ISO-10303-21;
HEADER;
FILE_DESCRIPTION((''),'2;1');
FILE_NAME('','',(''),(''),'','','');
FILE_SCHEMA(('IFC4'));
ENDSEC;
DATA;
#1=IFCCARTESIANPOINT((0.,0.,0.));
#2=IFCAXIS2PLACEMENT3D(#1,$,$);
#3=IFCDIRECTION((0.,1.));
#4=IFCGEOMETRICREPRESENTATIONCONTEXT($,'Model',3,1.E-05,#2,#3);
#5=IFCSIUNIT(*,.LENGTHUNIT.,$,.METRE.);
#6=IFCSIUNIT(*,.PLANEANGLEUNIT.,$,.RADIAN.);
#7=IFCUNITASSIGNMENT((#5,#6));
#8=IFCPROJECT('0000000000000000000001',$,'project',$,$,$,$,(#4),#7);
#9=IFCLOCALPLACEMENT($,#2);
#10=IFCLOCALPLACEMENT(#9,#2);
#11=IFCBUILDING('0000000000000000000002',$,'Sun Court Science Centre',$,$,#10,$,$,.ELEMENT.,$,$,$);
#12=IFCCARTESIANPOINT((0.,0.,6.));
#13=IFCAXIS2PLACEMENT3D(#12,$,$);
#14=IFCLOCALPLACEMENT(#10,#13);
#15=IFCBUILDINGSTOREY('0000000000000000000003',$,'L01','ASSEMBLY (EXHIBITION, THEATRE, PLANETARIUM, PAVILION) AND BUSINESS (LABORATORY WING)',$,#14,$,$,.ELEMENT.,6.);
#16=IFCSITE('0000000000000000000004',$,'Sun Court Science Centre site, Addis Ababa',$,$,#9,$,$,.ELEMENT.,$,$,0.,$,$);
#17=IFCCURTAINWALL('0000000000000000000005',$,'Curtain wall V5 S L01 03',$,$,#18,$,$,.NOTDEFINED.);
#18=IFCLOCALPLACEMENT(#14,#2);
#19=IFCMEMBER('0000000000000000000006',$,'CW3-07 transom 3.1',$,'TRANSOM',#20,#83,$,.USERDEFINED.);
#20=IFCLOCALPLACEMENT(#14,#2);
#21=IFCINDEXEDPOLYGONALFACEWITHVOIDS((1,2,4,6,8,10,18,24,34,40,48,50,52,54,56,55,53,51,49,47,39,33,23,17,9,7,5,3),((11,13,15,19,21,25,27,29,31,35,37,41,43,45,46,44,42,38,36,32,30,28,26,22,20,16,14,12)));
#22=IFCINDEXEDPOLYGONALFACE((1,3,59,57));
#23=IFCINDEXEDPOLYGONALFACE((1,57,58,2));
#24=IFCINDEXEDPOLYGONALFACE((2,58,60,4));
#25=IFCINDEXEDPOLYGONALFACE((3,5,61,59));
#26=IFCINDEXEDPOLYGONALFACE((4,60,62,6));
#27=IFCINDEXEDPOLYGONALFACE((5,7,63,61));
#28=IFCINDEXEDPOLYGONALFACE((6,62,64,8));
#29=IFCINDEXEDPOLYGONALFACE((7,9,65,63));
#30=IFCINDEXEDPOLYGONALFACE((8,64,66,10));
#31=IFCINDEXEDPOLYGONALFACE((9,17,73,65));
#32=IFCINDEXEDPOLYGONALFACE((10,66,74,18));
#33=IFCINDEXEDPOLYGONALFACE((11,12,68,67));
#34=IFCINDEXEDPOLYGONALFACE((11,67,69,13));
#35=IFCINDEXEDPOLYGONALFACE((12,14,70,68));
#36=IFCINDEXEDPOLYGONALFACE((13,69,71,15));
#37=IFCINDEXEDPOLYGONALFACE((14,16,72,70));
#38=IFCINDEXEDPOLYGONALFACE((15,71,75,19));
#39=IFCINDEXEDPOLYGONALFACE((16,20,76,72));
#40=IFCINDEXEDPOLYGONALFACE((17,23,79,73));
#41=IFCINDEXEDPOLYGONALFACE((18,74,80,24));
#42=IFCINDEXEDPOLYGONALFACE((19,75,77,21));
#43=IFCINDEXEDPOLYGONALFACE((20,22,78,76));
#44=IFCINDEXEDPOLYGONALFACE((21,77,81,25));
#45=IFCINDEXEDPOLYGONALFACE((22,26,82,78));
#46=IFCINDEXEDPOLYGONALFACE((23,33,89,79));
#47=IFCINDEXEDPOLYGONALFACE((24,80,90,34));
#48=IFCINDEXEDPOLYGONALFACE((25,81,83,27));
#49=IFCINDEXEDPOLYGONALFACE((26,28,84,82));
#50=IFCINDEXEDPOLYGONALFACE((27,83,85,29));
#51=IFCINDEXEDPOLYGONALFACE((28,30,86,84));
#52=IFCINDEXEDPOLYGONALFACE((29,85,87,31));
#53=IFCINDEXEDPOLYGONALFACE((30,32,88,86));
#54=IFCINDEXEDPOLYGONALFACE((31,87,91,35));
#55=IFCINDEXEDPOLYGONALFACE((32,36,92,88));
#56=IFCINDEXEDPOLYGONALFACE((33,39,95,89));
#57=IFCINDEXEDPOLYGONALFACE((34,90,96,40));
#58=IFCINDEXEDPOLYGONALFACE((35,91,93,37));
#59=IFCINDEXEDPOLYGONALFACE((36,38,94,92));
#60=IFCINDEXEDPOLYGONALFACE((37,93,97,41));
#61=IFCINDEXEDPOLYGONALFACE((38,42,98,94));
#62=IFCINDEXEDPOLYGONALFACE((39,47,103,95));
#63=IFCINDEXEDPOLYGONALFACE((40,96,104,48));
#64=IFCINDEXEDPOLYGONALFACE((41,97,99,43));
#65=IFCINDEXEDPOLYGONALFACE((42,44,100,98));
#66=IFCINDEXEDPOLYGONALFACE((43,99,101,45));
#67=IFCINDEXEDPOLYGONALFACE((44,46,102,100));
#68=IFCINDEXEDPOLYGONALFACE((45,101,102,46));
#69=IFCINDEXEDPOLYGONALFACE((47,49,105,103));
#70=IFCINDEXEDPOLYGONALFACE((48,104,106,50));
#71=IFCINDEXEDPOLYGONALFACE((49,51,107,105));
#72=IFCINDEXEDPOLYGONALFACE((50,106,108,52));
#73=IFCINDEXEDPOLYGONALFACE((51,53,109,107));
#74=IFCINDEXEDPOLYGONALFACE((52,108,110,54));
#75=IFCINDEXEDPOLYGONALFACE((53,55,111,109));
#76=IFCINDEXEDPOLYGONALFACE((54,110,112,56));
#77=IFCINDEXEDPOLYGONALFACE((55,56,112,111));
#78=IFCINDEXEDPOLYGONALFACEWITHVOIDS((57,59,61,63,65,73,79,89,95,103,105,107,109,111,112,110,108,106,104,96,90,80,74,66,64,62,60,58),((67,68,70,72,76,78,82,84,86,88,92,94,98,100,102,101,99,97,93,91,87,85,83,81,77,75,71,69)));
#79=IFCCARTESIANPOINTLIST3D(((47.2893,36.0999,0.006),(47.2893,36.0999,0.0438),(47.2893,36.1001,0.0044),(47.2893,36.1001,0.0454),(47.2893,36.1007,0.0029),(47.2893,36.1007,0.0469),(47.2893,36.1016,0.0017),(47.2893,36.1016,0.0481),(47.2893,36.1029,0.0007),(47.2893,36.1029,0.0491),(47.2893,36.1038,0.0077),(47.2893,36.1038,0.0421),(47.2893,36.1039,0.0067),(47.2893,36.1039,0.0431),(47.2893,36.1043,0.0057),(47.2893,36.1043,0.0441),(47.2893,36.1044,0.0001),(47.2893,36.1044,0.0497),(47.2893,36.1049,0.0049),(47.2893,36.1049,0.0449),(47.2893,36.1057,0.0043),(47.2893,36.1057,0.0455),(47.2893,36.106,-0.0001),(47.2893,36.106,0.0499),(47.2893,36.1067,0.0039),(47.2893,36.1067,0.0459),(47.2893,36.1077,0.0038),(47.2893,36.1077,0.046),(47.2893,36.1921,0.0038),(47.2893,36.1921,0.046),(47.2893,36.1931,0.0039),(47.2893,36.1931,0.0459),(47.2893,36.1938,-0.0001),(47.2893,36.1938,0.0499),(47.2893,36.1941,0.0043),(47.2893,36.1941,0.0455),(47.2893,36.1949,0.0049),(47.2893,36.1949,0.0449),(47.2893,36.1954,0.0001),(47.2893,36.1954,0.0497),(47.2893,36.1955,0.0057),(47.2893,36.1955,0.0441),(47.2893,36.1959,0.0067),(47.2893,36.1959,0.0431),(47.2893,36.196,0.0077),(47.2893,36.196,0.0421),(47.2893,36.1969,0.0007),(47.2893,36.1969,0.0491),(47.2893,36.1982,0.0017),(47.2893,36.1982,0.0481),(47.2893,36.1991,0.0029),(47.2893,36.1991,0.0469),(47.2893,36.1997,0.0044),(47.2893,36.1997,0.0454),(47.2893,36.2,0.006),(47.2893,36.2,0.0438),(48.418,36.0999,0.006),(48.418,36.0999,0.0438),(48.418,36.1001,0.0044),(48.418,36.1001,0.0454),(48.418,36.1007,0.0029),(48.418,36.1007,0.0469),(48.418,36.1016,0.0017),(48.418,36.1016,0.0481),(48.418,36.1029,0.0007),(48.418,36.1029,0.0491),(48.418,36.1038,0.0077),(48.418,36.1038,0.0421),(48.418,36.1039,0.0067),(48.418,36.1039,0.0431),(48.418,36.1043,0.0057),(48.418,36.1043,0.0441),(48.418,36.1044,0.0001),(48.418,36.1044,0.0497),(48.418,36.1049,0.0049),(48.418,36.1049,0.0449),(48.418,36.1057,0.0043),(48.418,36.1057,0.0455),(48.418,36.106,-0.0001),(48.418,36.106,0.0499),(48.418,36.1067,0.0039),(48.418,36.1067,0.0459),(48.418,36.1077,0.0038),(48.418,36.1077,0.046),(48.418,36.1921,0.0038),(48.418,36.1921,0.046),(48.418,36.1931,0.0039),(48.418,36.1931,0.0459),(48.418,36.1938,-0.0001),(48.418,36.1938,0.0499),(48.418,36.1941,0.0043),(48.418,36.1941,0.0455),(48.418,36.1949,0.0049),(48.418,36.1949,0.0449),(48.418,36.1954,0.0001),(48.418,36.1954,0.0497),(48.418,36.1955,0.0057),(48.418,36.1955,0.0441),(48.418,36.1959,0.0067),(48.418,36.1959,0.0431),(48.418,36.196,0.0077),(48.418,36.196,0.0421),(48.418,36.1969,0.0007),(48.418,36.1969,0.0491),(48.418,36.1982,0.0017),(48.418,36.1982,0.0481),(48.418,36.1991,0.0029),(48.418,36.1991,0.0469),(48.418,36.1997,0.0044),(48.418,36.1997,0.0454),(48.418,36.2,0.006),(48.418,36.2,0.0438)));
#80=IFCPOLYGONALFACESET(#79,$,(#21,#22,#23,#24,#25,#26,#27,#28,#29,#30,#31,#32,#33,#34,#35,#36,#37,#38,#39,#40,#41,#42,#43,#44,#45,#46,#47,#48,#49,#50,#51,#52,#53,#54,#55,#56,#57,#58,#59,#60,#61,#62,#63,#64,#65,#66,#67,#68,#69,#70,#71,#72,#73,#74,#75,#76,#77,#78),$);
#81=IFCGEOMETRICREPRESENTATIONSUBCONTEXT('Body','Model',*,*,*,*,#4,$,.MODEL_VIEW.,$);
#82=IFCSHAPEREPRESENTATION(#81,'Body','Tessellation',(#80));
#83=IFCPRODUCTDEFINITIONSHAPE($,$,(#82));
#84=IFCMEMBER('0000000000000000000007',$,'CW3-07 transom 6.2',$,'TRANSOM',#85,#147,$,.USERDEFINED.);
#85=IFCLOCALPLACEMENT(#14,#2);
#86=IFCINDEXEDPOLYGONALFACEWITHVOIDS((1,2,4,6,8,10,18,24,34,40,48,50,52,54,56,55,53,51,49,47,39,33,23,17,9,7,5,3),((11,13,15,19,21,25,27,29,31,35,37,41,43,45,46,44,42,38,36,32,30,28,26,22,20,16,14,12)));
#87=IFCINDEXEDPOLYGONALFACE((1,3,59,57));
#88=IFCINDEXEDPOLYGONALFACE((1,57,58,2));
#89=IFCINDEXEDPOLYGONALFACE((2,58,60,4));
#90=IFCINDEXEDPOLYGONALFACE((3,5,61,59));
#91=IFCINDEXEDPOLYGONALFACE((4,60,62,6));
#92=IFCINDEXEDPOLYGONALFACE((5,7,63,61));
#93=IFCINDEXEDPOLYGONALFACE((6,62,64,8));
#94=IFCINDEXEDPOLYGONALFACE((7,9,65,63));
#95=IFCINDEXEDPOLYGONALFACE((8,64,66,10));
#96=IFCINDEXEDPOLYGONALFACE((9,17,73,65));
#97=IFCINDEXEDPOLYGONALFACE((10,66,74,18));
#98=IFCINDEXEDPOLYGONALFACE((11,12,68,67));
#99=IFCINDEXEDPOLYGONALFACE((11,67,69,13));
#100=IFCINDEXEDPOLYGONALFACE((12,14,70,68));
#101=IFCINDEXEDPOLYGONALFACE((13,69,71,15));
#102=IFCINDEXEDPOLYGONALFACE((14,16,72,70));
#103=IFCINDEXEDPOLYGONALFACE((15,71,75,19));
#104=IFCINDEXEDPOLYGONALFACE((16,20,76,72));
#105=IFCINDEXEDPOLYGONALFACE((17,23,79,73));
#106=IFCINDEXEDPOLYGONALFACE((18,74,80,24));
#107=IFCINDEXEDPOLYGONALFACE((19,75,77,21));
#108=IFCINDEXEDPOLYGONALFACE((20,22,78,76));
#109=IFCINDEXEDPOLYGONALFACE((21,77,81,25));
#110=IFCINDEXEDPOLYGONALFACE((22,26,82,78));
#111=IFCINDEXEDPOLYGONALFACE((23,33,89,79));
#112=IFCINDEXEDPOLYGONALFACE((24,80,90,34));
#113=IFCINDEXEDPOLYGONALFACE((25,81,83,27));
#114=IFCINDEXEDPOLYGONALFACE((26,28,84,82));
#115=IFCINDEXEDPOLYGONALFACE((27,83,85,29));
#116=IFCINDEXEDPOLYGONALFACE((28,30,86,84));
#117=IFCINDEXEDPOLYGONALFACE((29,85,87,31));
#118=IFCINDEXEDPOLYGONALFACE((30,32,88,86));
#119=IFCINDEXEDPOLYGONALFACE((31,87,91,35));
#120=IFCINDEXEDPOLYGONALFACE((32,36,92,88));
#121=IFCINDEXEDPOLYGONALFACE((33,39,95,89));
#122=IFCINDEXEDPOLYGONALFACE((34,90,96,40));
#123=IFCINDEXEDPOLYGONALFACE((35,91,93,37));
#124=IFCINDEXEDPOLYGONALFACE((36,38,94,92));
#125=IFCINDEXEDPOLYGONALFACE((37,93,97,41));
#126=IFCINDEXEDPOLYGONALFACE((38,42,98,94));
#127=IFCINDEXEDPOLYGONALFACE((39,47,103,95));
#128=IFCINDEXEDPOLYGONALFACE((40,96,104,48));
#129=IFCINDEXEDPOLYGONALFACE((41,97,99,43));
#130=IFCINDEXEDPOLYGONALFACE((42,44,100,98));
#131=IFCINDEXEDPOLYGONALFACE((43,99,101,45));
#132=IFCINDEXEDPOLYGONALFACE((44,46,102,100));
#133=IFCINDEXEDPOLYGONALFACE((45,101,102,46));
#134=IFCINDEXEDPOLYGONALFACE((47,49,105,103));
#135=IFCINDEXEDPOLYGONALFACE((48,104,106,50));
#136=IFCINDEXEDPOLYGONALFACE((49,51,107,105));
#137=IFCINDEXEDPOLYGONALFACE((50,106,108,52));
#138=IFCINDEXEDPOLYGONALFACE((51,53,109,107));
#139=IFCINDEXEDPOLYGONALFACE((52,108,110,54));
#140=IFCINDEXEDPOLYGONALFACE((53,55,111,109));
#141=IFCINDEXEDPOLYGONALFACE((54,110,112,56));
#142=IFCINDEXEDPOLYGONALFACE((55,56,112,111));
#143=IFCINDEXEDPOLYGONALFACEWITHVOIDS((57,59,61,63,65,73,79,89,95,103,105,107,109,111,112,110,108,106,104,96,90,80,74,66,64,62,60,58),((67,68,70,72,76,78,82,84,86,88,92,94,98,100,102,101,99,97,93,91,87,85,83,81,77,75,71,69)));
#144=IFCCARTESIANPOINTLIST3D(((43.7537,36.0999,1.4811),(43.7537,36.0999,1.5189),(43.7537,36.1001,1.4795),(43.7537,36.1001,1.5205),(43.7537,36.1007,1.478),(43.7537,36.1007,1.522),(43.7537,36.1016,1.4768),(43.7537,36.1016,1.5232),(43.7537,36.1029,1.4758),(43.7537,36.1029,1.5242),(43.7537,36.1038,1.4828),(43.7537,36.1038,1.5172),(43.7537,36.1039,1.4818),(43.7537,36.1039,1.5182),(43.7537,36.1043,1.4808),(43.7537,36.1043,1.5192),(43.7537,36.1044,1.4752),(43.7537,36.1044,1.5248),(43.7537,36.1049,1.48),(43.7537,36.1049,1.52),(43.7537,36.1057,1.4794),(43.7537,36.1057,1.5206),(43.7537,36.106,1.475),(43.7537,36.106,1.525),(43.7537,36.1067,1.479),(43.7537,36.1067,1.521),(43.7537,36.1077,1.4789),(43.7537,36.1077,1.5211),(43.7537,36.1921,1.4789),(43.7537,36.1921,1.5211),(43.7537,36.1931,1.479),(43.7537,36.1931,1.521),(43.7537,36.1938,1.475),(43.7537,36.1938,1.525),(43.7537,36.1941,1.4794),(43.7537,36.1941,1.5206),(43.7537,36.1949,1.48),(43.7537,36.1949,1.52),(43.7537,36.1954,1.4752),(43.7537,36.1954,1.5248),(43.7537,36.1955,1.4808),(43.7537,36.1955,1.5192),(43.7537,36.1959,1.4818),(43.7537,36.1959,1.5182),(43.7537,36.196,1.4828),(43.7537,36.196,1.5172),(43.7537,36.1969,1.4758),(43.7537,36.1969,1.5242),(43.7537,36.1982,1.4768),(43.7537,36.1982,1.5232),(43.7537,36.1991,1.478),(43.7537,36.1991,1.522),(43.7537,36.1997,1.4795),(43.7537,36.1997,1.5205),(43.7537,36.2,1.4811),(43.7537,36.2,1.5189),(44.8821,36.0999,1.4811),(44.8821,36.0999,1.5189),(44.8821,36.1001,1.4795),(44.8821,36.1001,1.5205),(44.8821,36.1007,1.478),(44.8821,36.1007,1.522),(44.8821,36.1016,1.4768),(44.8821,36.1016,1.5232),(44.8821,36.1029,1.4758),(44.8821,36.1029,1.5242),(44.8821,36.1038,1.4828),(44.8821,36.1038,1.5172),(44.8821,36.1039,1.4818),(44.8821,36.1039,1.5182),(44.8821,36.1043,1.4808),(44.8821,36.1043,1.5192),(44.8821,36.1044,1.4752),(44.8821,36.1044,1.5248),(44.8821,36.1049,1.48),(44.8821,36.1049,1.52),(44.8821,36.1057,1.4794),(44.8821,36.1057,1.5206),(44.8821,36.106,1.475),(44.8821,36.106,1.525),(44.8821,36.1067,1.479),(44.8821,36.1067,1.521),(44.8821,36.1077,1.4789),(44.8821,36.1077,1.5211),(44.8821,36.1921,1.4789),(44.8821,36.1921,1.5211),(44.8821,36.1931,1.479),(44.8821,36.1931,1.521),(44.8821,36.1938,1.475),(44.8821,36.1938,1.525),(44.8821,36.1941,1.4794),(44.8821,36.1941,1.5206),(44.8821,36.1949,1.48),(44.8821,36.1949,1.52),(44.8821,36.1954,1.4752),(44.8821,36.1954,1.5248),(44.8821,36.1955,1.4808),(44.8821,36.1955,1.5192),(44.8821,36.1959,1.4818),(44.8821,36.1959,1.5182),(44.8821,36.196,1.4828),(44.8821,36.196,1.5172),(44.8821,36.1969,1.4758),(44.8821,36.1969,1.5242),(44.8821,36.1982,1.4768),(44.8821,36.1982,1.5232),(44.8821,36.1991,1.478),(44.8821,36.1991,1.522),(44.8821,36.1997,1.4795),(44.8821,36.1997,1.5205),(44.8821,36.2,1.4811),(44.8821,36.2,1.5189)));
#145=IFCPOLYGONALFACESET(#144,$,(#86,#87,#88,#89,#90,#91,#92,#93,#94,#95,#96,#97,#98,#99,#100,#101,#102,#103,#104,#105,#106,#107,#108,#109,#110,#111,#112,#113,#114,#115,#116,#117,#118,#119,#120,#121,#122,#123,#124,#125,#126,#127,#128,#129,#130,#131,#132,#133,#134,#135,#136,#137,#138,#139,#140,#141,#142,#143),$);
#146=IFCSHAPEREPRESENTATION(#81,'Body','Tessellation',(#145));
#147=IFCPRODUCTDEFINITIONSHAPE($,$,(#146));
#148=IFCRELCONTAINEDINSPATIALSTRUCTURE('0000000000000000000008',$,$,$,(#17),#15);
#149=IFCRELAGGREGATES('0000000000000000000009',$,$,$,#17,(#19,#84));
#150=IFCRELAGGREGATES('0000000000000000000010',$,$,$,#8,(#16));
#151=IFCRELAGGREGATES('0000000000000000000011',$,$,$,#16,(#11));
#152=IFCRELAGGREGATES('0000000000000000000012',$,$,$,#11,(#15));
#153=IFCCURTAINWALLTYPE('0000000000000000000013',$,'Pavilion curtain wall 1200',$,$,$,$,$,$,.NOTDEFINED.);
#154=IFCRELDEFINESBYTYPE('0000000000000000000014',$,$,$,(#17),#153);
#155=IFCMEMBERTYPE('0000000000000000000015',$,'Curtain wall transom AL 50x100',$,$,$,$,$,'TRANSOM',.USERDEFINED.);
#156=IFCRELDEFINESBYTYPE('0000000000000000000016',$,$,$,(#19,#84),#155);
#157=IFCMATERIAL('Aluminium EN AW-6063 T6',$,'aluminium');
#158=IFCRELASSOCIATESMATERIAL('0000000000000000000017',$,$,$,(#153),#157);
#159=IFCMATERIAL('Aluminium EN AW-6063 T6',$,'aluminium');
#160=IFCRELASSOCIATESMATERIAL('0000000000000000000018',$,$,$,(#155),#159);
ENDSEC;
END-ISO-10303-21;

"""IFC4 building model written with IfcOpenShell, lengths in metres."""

from ifc_helpers import new_model, si_unit, direction, frame, origin, origin_2d, place, context, subcontext, project, spatial, hollow_rectangle, extrude, material, material_profile, profile_set, type_object, element, aggregate, save


model = new_model("IFC4")

# Units and contexts
model_context = context("Model", 3, precision=1e-05, world=origin(), true_north=direction((0.0, 1.0)))
body_context = subcontext(model_context, "Body", "Model", "MODEL_VIEW")
ifc_project = project(units=[si_unit("LENGTHUNIT", "METRE"), si_unit("PLANEANGLEUNIT", "RADIAN")], contexts=[model_context])

# Site, building, storey
site_placement = place(None, origin())
site = spatial("IfcSite", under=ifc_project, at=site_placement, Name="Sun Court Science Centre site, Addis Ababa", CompositionType="ELEMENT", RefElevation=0.0)
building_placement = place(site_placement, origin())
building = spatial("IfcBuilding", under=site, at=building_placement, Name="Sun Court Science Centre", CompositionType="ELEMENT")
storey_placement = place(building_placement, frame((0.0, 0.0, 6.0)))
storey = spatial("IfcBuildingStorey", under=building, at=storey_placement, Name="L01", Description="ASSEMBLY (EXHIBITION, THEATRE, PLANETARIUM, PAVILION) AND BUSINESS (LABORATORY WING)", CompositionType="ELEMENT", Elevation=6.0)

# Curtain wall
ifc_material_1 = material(Name="Aluminium EN AW-6063 T6", Category="aluminium")
curtain_wall_type_1 = type_object("IfcCurtainWallType", Name="Pavilion curtain wall 1200", PredefinedType="NOTDEFINED", material=ifc_material_1)
curtain_wall_1_placement = place(storey_placement, origin())
curtain_wall_1 = element("IfcCurtainWall", 1, at=curtain_wall_1_placement, inside=storey, type_object=curtain_wall_type_1, Name="Curtain wall V5 S L01 03", PredefinedType="NOTDEFINED")

# Members
ifc_material_2 = material(Name="Aluminium EN AW-6063 T6", Category="aluminium")
ifc_material_profile_1 = material_profile(ifc_material_2, hollow_rectangle(XDim=0.05, YDim=0.1001, WallThickness=0.0039, InnerFilletRadius=0.0039, OuterFilletRadius=0.0061, at=origin_2d()), Name="AL 50x100x4")
ifc_profile_set_1 = profile_set([ifc_material_profile_1], Name="Aluminium EN AW-6063 T6")
member_type_1 = type_object("IfcMemberType", Name="Curtain wall transom AL 50x100", ElementType="TRANSOM", PredefinedType="USERDEFINED", material=ifc_profile_set_1)
member_1_placement = place(storey_placement, frame((48.418, 36.1499, 0.0249), z_axis=(-1.0, 0.0, 0.0), x_axis=(0.0, 0.0, 1.0)))
member_1 = element("IfcMember", 2, at=member_1_placement, type_object=member_type_1, Name="CW3-07 transom 3.1", ObjectType="TRANSOM", PredefinedType="USERDEFINED", context=body_context, shape_type="SweptSolid", body=[
    extrude(hollow_rectangle(XDim=0.05, YDim=0.1001, WallThickness=0.0039, InnerFilletRadius=0.0039, OuterFilletRadius=0.0061, at=origin_2d()), origin(), (0.0, 0.0, 1.0), 1.1287),
])
member_2_placement = place(storey_placement, frame((44.8821, 36.1499, 1.5), z_axis=(-1.0, 0.0, 0.0), x_axis=(0.0, 0.0, 1.0)))
member_2 = element("IfcMember", 3, at=member_2_placement, type_object=member_type_1, Name="CW3-07 transom 6.2", ObjectType="TRANSOM", PredefinedType="USERDEFINED", context=body_context, shape_type="SweptSolid", body=[
    extrude(hollow_rectangle(XDim=0.05, YDim=0.1001, WallThickness=0.0039, InnerFilletRadius=0.0039, OuterFilletRadius=0.0061, at=origin_2d()), origin(), (0.0, 0.0, 1.0), 1.1284),
])

aggregate(curtain_wall_1, [member_1, member_2])

save(model, "model.ifc")
